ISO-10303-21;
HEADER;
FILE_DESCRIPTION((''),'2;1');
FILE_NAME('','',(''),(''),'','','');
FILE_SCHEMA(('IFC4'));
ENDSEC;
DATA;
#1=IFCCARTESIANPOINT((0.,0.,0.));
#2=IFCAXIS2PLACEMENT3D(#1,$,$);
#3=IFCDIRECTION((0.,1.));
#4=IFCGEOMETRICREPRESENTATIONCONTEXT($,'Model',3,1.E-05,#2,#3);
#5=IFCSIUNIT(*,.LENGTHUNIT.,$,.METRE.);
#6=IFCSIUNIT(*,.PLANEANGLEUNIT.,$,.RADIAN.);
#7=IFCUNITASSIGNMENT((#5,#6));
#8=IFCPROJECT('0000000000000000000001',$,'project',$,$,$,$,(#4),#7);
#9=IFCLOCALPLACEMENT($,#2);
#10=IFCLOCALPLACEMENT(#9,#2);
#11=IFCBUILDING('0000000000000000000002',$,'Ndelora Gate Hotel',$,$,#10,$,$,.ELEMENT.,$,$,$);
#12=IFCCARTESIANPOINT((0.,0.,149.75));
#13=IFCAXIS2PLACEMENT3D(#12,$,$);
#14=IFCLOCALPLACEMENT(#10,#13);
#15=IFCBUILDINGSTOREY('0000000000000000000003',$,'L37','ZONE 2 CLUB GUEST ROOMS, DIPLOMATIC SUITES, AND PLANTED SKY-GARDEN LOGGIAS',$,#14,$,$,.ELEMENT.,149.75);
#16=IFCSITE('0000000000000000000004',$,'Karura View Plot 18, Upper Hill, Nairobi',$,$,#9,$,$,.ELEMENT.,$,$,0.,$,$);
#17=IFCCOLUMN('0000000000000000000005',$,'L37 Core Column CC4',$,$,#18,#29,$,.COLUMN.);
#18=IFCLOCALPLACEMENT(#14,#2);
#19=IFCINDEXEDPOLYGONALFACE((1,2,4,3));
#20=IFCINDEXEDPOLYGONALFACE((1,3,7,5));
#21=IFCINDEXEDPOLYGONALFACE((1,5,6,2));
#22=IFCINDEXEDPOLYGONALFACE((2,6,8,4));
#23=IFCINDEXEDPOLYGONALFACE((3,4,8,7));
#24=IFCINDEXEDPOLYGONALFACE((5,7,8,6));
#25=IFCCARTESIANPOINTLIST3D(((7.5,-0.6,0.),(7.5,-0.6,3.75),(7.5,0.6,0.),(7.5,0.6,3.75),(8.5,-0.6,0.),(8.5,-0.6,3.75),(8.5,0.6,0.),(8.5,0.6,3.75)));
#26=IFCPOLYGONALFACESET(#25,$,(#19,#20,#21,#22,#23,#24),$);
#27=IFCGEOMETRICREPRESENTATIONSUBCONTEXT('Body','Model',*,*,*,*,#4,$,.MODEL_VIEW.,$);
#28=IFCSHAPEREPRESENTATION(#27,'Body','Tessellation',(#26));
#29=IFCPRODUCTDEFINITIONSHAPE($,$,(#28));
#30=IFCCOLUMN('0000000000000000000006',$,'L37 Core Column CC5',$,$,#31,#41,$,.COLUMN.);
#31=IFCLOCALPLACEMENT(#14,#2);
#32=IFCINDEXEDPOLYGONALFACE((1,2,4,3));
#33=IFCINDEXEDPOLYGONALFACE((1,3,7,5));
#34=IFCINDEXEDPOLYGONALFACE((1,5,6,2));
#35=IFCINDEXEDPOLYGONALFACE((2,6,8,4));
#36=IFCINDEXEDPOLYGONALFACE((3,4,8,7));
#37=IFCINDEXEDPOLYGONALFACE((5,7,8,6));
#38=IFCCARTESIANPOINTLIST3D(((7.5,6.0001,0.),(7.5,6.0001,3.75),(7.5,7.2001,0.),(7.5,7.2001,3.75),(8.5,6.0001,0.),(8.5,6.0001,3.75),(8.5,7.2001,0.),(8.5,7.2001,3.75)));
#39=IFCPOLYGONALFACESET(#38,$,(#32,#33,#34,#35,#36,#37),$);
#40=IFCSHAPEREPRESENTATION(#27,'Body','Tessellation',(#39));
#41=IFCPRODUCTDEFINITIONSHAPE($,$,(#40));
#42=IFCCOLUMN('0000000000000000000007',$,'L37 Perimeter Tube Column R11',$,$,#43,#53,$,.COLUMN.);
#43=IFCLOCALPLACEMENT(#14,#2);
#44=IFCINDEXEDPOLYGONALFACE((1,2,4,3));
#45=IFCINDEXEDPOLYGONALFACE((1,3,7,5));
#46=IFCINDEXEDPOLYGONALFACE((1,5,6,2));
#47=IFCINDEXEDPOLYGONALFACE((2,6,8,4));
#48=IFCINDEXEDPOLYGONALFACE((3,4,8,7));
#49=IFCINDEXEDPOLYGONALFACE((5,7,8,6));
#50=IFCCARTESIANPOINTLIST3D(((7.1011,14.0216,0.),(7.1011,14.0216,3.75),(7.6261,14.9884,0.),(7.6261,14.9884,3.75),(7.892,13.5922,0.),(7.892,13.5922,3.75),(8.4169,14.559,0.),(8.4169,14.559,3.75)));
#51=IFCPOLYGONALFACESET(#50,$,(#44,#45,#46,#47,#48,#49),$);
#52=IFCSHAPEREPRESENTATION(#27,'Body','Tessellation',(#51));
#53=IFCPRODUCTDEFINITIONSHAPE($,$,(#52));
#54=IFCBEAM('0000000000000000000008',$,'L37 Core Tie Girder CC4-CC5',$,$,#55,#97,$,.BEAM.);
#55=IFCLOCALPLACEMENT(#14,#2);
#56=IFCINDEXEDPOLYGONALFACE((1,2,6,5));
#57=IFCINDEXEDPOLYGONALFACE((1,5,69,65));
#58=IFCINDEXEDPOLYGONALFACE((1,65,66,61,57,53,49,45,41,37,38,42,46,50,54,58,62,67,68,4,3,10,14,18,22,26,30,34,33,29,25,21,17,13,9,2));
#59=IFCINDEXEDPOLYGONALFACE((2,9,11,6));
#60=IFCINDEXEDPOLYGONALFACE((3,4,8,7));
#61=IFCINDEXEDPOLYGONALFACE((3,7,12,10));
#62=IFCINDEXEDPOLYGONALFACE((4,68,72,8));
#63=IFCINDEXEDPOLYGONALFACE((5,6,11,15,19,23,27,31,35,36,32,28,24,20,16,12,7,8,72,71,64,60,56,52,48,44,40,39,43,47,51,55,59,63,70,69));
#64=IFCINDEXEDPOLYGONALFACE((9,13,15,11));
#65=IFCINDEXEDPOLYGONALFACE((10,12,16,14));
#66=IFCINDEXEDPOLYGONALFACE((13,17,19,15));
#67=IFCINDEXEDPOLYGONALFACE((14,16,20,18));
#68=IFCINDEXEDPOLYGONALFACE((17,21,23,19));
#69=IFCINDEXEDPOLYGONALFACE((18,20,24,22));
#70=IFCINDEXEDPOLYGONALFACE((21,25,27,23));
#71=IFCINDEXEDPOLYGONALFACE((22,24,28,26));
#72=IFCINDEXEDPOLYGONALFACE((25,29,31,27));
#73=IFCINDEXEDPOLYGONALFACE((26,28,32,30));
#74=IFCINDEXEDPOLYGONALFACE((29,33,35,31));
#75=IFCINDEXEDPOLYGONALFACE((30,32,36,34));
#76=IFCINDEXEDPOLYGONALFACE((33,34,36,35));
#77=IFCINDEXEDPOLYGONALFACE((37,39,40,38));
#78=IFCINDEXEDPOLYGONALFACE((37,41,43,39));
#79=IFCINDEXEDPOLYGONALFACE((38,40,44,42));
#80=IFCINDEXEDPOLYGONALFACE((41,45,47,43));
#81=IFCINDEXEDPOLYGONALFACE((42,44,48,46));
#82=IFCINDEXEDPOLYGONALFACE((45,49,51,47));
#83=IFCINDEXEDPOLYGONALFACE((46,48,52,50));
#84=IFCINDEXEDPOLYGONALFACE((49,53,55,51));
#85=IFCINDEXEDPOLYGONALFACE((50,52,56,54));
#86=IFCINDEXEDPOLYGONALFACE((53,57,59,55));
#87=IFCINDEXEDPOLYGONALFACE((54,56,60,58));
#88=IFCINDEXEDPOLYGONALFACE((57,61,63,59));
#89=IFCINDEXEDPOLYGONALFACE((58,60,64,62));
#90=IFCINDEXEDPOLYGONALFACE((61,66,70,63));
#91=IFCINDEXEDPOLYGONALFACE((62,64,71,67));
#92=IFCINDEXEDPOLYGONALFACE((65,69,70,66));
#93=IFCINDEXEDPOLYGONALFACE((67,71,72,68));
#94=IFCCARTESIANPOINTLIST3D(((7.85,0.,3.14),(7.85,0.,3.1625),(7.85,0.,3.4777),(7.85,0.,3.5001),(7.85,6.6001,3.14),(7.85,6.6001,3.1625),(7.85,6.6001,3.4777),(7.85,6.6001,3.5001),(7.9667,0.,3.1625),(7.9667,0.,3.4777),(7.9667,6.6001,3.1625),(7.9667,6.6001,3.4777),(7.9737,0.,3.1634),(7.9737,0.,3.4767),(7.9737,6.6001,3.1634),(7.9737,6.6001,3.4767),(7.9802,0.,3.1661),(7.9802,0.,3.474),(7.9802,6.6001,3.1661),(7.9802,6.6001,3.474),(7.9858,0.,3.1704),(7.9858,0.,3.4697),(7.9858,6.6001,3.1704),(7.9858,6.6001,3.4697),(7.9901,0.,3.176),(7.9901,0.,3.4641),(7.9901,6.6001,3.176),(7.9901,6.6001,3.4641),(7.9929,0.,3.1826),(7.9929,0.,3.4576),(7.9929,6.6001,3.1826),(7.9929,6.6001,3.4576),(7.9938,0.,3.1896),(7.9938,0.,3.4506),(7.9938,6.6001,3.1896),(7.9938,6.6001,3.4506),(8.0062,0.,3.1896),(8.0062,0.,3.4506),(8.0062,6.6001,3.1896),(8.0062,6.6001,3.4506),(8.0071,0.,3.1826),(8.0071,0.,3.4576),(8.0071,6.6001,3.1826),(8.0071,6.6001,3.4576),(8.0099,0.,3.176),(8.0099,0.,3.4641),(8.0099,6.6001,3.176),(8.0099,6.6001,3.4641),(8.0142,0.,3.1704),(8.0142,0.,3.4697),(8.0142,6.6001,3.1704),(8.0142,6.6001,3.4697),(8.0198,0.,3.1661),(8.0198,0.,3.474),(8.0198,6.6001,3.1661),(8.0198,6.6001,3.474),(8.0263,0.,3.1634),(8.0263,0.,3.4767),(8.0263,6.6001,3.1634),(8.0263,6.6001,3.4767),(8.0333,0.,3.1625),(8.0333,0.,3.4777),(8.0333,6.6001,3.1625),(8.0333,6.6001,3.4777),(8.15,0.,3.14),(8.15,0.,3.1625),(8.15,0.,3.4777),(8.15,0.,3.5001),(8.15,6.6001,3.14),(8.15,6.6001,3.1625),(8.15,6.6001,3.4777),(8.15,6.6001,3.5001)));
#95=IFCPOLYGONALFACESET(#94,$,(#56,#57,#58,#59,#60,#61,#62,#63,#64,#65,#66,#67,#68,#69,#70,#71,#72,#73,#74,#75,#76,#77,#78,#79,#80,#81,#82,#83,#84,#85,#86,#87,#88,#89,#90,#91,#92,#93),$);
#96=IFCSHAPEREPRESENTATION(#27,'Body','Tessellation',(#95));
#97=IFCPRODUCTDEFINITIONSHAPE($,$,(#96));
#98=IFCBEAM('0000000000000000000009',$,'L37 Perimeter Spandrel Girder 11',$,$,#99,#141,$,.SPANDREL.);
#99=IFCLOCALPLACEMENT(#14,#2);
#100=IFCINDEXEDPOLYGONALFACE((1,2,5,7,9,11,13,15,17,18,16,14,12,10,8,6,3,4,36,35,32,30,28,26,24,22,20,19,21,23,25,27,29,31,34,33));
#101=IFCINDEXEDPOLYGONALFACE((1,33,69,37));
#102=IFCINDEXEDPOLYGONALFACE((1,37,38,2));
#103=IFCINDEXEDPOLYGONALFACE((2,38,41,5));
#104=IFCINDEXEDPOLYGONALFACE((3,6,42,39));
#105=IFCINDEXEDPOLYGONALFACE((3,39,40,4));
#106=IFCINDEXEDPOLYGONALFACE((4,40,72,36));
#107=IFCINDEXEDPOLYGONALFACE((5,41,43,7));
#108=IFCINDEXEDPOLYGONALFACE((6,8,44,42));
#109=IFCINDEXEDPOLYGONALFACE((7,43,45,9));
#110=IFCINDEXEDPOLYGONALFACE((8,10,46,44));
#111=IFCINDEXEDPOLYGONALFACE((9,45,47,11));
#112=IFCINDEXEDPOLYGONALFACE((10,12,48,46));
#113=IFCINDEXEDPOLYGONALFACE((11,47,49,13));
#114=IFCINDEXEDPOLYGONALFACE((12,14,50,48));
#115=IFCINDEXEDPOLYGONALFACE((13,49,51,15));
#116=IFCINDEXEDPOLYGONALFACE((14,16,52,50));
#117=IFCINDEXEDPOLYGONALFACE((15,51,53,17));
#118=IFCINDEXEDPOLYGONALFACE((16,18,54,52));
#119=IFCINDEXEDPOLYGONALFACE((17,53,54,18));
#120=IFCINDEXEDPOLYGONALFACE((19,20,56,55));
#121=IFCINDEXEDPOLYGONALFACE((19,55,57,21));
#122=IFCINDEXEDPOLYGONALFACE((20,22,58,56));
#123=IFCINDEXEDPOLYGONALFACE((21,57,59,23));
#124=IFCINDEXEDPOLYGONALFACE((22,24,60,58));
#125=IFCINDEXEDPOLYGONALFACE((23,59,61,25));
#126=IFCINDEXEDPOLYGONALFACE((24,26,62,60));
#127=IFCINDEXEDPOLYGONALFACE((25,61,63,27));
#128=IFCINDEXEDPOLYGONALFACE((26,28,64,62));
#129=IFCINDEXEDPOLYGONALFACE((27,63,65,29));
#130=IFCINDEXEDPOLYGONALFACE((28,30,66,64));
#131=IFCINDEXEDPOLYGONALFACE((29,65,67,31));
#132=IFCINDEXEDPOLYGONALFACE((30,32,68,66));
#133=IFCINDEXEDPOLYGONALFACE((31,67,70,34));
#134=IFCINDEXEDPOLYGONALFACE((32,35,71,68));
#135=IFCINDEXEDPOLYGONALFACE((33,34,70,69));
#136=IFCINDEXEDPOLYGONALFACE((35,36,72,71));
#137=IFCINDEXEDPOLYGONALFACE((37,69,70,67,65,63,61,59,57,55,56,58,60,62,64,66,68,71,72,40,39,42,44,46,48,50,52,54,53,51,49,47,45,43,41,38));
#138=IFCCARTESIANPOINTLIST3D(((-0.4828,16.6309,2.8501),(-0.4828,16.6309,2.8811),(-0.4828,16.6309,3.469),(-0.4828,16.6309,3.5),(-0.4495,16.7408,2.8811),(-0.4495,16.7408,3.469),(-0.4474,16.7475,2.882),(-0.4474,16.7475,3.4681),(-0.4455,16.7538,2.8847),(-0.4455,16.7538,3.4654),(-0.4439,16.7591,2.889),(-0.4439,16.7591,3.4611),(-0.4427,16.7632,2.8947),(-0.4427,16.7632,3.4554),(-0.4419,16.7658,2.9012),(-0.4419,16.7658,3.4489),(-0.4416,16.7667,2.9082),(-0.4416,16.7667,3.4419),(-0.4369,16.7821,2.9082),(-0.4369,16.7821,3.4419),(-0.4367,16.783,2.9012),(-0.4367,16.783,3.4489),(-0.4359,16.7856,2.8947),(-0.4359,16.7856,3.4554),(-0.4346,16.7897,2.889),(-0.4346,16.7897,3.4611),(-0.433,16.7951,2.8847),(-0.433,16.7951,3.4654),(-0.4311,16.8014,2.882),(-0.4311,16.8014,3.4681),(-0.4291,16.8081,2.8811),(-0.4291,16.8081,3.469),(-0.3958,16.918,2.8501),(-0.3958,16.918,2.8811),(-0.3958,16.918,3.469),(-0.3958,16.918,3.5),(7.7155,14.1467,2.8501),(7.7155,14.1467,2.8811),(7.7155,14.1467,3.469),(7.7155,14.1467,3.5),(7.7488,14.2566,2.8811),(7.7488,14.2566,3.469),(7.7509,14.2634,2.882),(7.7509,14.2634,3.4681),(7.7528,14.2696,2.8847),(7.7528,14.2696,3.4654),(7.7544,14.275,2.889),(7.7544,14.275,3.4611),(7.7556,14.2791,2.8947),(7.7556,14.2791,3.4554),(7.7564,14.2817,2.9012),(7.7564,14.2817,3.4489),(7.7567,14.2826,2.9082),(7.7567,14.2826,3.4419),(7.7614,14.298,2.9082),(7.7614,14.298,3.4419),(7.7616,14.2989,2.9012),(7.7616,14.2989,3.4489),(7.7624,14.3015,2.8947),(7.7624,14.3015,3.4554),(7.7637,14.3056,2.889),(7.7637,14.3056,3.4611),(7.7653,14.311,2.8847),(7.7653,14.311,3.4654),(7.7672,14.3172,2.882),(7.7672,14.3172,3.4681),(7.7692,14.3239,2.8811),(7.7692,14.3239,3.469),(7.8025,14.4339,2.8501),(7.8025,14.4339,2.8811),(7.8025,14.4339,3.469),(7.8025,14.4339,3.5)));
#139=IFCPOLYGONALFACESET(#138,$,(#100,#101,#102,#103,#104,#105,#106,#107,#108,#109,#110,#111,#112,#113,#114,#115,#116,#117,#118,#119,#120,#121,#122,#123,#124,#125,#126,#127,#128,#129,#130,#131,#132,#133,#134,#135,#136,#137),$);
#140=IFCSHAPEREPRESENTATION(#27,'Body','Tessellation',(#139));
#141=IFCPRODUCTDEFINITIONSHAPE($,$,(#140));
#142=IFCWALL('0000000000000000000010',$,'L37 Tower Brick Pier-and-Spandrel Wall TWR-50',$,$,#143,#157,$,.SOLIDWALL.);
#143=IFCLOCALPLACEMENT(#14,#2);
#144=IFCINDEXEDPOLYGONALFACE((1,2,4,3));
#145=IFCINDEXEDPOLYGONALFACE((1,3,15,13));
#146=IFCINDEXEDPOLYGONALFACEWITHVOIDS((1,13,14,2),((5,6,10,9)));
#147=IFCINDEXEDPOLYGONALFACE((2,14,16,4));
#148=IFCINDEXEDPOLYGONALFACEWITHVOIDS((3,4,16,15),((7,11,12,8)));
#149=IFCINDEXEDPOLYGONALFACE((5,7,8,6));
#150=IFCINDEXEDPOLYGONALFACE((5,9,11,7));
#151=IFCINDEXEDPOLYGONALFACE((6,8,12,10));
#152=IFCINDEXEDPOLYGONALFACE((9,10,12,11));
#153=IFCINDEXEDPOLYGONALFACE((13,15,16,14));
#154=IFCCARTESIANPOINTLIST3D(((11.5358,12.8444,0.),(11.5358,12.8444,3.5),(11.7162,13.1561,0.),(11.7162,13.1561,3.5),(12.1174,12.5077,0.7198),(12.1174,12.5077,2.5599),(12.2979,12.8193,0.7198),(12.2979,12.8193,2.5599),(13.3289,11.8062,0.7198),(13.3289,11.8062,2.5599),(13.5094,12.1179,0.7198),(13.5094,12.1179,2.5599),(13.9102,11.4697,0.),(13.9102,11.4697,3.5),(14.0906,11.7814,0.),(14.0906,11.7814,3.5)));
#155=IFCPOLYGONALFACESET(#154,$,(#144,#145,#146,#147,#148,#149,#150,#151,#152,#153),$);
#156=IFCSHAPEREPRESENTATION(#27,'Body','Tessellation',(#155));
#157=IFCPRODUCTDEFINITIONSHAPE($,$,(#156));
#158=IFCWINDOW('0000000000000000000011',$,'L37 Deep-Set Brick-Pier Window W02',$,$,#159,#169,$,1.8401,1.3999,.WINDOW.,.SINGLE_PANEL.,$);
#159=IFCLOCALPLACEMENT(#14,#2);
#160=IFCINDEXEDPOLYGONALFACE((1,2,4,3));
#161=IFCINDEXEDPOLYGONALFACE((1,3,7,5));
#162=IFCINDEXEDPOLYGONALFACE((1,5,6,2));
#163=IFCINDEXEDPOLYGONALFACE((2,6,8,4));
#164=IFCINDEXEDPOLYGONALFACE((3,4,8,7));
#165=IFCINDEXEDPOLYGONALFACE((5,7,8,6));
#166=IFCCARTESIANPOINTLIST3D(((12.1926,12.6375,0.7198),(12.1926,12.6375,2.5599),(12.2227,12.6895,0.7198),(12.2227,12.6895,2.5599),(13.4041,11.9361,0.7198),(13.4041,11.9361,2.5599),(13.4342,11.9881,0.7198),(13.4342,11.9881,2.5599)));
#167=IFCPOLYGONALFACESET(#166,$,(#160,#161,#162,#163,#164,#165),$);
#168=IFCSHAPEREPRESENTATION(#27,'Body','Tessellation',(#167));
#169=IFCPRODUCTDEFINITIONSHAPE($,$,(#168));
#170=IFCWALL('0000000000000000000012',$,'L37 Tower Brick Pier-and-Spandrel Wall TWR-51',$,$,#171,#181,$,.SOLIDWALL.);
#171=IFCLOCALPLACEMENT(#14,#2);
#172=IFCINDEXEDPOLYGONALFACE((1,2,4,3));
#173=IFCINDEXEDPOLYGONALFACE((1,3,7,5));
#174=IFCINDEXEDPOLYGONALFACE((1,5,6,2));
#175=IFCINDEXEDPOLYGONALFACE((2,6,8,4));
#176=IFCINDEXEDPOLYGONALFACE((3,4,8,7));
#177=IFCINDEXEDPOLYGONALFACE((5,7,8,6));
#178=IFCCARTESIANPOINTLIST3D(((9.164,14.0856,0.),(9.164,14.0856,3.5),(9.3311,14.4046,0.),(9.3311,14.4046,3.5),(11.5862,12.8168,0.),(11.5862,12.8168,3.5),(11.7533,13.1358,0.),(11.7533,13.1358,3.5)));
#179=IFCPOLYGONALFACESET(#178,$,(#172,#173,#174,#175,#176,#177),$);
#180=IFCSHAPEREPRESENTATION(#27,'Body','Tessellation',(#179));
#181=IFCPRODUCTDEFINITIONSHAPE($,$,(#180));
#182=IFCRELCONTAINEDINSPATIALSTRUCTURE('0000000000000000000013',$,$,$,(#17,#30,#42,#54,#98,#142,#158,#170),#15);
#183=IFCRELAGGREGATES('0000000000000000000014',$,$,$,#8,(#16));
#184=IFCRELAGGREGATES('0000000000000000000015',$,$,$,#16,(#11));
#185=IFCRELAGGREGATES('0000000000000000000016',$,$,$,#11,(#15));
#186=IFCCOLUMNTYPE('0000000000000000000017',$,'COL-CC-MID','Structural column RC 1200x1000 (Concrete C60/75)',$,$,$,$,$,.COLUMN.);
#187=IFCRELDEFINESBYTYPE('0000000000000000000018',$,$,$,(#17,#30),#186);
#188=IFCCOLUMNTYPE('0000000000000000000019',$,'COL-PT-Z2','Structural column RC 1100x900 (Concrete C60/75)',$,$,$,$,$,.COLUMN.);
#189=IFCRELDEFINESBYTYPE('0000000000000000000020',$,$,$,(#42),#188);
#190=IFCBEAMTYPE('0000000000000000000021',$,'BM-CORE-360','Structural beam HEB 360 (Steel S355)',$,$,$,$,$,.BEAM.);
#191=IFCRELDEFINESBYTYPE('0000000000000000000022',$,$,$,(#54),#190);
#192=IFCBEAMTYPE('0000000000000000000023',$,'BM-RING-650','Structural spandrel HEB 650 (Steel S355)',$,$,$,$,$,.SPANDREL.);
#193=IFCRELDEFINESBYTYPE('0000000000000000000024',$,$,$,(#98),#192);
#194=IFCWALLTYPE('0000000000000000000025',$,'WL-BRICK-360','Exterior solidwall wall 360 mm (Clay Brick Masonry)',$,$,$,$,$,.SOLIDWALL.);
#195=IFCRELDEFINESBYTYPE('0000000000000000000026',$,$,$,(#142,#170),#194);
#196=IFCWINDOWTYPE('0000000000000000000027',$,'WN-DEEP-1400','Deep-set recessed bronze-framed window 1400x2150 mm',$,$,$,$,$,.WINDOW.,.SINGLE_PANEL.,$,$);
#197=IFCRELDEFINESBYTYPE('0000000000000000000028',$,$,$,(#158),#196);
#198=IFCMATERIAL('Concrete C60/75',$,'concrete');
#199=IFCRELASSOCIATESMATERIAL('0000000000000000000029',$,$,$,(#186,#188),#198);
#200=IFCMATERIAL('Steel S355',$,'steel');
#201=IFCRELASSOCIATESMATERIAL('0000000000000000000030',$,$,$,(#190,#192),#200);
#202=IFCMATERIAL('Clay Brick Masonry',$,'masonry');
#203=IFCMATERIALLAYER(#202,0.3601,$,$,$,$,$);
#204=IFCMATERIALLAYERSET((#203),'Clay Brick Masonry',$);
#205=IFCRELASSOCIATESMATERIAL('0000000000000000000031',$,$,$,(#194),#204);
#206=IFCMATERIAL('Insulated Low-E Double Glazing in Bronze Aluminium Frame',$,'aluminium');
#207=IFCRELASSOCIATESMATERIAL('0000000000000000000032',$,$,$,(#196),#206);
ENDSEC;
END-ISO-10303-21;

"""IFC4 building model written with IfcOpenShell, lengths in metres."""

from ifc_helpers import new_model, si_unit, direction, frame, frame_2d, origin, origin_2d, place, context, subcontext, project, spatial, rectangle, i_section, extrude, material, layer, layer_set, material_profile, profile_set, type_object, element, fill, save


model = new_model("IFC4")

# Units and contexts
model_context = context("Model", 3, precision=1e-05, world=origin(), true_north=direction((0.0, 1.0)))
body_context = subcontext(model_context, "Body", "Model", "MODEL_VIEW")
ifc_project = project(units=[si_unit("LENGTHUNIT", "METRE"), si_unit("PLANEANGLEUNIT", "RADIAN")], contexts=[model_context])

# Site, building, storey
site_placement = place(None, origin())
site = spatial("IfcSite", under=ifc_project, at=site_placement, Name="Karura View Plot 18, Upper Hill, Nairobi", CompositionType="ELEMENT", RefElevation=0.0)
building_placement = place(site_placement, origin())
building = spatial("IfcBuilding", under=site, at=building_placement, Name="Ndelora Gate Hotel", CompositionType="ELEMENT")
storey_placement = place(building_placement, frame((0.0, 0.0, 149.75)))
storey = spatial("IfcBuildingStorey", under=building, at=storey_placement, Name="L37", Description="ZONE 2 CLUB GUEST ROOMS, DIPLOMATIC SUITES, AND PLANTED SKY-GARDEN LOGGIAS", CompositionType="ELEMENT", Elevation=149.75)

# Columns
ifc_material_1 = material(Name="Concrete C60/75", Category="concrete")
ifc_material_profile_1 = material_profile(ifc_material_1, rectangle(XDim=1.0, YDim=1.2, at=origin_2d()), Name="RC 1200x1000")
ifc_profile_set_1 = profile_set([ifc_material_profile_1], Name="Concrete C60/75")
column_type_1 = type_object("IfcColumnType", Name="COL-CC-MID", Description="Structural column RC 1200x1000 (Concrete C60/75)", PredefinedType="COLUMN", material=ifc_profile_set_1)
for number, where, z_axis, x_axis, name in (
    (1, (8.0, 0.0, 0.0), (0.0, 0.0, 1.0), (1.0, 0.0, 0.0), "L37 Core Column CC4"),
    (2, (8.0, 6.6001, 0.0), (0.0, 0.0, 1.0), (1.0, 0.0, 0.0), "L37 Core Column CC5"),
):
    element("IfcColumn", number, at=place(storey_placement, frame(where, z_axis=z_axis, x_axis=x_axis)), inside=storey, type_object=column_type_1, Name=name, PredefinedType="COLUMN", context=body_context, shape_type="SweptSolid", body=[
        extrude(rectangle(XDim=1.0, YDim=1.2, at=origin_2d()), origin(), (0.0, 0.0, 1.0), 3.75),
    ])
ifc_material_profile_2 = material_profile(ifc_material_1, rectangle(XDim=0.8999, YDim=1.1001, at=origin_2d()), Name="RC 1100x900")
ifc_profile_set_2 = profile_set([ifc_material_profile_2], Name="Concrete C60/75")
column_type_2 = type_object("IfcColumnType", Name="COL-PT-Z2", Description="Structural column RC 1100x900 (Concrete C60/75)", PredefinedType="COLUMN", material=ifc_profile_set_2)
column_placement = place(storey_placement, frame((7.759, 14.2903, 0.0), z_axis=(0.0, 0.0, 1.0), x_axis=(-0.878817, 0.477159, 0.0)))
element("IfcColumn", 3, at=column_placement, inside=storey, type_object=column_type_2, Name="L37 Perimeter Tube Column R11", PredefinedType="COLUMN", context=body_context, shape_type="SweptSolid", body=[
    extrude(rectangle(XDim=0.8999, YDim=1.1001, at=origin_2d()), origin(), (0.0, 0.0, 1.0), 3.75),
])

# Beams
ifc_material_2 = material(Name="Steel S355", Category="steel")
ifc_material_profile_3 = material_profile(ifc_material_2, i_section(OverallWidth=0.3, OverallDepth=0.3601, WebThickness=0.0125, FlangeThickness=0.0225, FilletRadius=0.0271, at=origin_2d()), Name="HEB 360")
ifc_profile_set_3 = profile_set([ifc_material_profile_3], Name="Steel S355")
beam_type_1 = type_object("IfcBeamType", Name="BM-CORE-360", Description="Structural beam HEB 360 (Steel S355)", PredefinedType="BEAM", material=ifc_profile_set_3)
beam_1_placement = place(storey_placement, frame((8.0, 0.0, 3.3201), z_axis=(0.0, 1.0, 0.0), x_axis=(-1.0, 0.0, 0.0)))
element("IfcBeam", 4, at=beam_1_placement, inside=storey, type_object=beam_type_1, Name="L37 Core Tie Girder CC4-CC5", PredefinedType="BEAM", context=body_context, shape_type="SweptSolid", body=[
    extrude(i_section(OverallWidth=0.3, OverallDepth=0.3601, WebThickness=0.0125, FlangeThickness=0.0225, FilletRadius=0.0271, at=origin_2d()), origin(), (0.0, 0.0, 1.0), 6.6001),
])
ifc_material_profile_4 = material_profile(ifc_material_2, i_section(OverallWidth=0.3, OverallDepth=0.6499, WebThickness=0.0161, FlangeThickness=0.031, FilletRadius=0.0271, at=origin_2d()), Name="HEB 650")
ifc_profile_set_4 = profile_set([ifc_material_profile_4], Name="Steel S355")
beam_type_2 = type_object("IfcBeamType", Name="BM-RING-650", Description="Structural spandrel HEB 650 (Steel S355)", PredefinedType="SPANDREL", material=ifc_profile_set_4)
beam_2_placement = place(storey_placement, frame((7.759, 14.2903, 3.175), z_axis=(-0.95703, 0.289988, 0.0), x_axis=(-0.289988, -0.95703, 0.0)))
element("IfcBeam", 5, at=beam_2_placement, inside=storey, type_object=beam_type_2, Name="L37 Perimeter Spandrel Girder 11", PredefinedType="SPANDREL", context=body_context, shape_type="SweptSolid", body=[
    extrude(i_section(OverallWidth=0.3, OverallDepth=0.6499, WebThickness=0.0161, FlangeThickness=0.031, FilletRadius=0.0271, at=origin_2d()), origin(), (0.0, 0.0, 1.0), 8.5664),
])

# Wall, opening, window
ifc_material_3 = material(Name="Clay Brick Masonry", Category="masonry")
ifc_layer_1 = layer(ifc_material_3, 0.3601)
ifc_layer_set_1 = layer_set([ifc_layer_1], Name="Clay Brick Masonry")
wall_type_1 = type_object("IfcWallType", Name="WL-BRICK-360", Description="Exterior solidwall wall 360 mm (Clay Brick Masonry)", PredefinedType="SOLIDWALL", material=ifc_layer_set_1)
wall_1_placement = place(storey_placement, frame((11.626, 13.0002, 0.0), z_axis=(0.0, 0.0, 1.0), x_axis=(0.86542, -0.501047, 0.0)))
wall_1 = element("IfcWall", 6, at=wall_1_placement, inside=storey, type_object=wall_type_1, Name="L37 Tower Brick Pier-and-Spandrel Wall TWR-50", PredefinedType="SOLIDWALL", context=body_context, shape_type="SweptSolid", body=[
    extrude(rectangle(XDim=2.7437, YDim=0.3601, at=frame_2d((1.3718, 0.0))), origin(), (0.0, 0.0, 1.0), 3.5),
])
opening_1_placement = place(wall_1_placement, frame((0.6721, 0.0, 0.72)))
opening_1 = element("IfcOpeningElement", 7, at=opening_1_placement, cuts=wall_1, PredefinedType="OPENING", context=body_context, shape_type="SweptSolid", body=[
    extrude(rectangle(XDim=1.3999, YDim=1.8401, at=frame_2d((0.7, 0.9199))), frame((0.0, 0.1899, 0.0), z_axis=(0.0, -1.0, 0.0), x_axis=(1.0, 0.0, 0.0)), (0.0, 0.0, 1.0), 0.3801),
])
ifc_material_4 = material(Name="Insulated Low-E Double Glazing in Bronze Aluminium Frame", Category="aluminium")
window_type = type_object("IfcWindowType", Name="WN-DEEP-1400", Description="Deep-set recessed bronze-framed window 1400x2150 mm", PartitioningType="SINGLE_PANEL", PredefinedType="WINDOW", material=ifc_material_4)
window_placement = place(opening_1_placement, origin())
window = element("IfcWindow", 8, at=window_placement, inside=storey, type_object=window_type, Name="L37 Deep-Set Brick-Pier Window W02", OverallHeight=1.8401, OverallWidth=1.3999, PartitioningType="SINGLE_PANEL", PredefinedType="WINDOW", context=body_context, shape_type="SweptSolid", body=[
    extrude(rectangle(XDim=1.3999, YDim=1.8401, at=frame_2d((0.7, 0.9199))), frame((0.0, 0.03, 0.0), z_axis=(0.0, -1.0, 0.0), x_axis=(1.0, 0.0, 0.0)), (0.0, 0.0, 1.0), 0.0601),
])
fill(opening_1, window)

# Wall
wall_2_placement = place(storey_placement, frame((9.2476, 14.2451, 0.0), z_axis=(0.0, 0.0, 1.0), x_axis=(0.885821, -0.464027, 0.0)))
element("IfcWall", 9, at=wall_2_placement, inside=storey, type_object=wall_type_1, Name="L37 Tower Brick Pier-and-Spandrel Wall TWR-51", PredefinedType="SOLIDWALL", context=body_context, shape_type="SweptSolid", body=[
    extrude(rectangle(XDim=2.7344, YDim=0.3601, at=frame_2d((1.3672, 0.0))), origin(), (0.0, 0.0, 1.0), 3.5),
])

save(model, "model.ifc")
